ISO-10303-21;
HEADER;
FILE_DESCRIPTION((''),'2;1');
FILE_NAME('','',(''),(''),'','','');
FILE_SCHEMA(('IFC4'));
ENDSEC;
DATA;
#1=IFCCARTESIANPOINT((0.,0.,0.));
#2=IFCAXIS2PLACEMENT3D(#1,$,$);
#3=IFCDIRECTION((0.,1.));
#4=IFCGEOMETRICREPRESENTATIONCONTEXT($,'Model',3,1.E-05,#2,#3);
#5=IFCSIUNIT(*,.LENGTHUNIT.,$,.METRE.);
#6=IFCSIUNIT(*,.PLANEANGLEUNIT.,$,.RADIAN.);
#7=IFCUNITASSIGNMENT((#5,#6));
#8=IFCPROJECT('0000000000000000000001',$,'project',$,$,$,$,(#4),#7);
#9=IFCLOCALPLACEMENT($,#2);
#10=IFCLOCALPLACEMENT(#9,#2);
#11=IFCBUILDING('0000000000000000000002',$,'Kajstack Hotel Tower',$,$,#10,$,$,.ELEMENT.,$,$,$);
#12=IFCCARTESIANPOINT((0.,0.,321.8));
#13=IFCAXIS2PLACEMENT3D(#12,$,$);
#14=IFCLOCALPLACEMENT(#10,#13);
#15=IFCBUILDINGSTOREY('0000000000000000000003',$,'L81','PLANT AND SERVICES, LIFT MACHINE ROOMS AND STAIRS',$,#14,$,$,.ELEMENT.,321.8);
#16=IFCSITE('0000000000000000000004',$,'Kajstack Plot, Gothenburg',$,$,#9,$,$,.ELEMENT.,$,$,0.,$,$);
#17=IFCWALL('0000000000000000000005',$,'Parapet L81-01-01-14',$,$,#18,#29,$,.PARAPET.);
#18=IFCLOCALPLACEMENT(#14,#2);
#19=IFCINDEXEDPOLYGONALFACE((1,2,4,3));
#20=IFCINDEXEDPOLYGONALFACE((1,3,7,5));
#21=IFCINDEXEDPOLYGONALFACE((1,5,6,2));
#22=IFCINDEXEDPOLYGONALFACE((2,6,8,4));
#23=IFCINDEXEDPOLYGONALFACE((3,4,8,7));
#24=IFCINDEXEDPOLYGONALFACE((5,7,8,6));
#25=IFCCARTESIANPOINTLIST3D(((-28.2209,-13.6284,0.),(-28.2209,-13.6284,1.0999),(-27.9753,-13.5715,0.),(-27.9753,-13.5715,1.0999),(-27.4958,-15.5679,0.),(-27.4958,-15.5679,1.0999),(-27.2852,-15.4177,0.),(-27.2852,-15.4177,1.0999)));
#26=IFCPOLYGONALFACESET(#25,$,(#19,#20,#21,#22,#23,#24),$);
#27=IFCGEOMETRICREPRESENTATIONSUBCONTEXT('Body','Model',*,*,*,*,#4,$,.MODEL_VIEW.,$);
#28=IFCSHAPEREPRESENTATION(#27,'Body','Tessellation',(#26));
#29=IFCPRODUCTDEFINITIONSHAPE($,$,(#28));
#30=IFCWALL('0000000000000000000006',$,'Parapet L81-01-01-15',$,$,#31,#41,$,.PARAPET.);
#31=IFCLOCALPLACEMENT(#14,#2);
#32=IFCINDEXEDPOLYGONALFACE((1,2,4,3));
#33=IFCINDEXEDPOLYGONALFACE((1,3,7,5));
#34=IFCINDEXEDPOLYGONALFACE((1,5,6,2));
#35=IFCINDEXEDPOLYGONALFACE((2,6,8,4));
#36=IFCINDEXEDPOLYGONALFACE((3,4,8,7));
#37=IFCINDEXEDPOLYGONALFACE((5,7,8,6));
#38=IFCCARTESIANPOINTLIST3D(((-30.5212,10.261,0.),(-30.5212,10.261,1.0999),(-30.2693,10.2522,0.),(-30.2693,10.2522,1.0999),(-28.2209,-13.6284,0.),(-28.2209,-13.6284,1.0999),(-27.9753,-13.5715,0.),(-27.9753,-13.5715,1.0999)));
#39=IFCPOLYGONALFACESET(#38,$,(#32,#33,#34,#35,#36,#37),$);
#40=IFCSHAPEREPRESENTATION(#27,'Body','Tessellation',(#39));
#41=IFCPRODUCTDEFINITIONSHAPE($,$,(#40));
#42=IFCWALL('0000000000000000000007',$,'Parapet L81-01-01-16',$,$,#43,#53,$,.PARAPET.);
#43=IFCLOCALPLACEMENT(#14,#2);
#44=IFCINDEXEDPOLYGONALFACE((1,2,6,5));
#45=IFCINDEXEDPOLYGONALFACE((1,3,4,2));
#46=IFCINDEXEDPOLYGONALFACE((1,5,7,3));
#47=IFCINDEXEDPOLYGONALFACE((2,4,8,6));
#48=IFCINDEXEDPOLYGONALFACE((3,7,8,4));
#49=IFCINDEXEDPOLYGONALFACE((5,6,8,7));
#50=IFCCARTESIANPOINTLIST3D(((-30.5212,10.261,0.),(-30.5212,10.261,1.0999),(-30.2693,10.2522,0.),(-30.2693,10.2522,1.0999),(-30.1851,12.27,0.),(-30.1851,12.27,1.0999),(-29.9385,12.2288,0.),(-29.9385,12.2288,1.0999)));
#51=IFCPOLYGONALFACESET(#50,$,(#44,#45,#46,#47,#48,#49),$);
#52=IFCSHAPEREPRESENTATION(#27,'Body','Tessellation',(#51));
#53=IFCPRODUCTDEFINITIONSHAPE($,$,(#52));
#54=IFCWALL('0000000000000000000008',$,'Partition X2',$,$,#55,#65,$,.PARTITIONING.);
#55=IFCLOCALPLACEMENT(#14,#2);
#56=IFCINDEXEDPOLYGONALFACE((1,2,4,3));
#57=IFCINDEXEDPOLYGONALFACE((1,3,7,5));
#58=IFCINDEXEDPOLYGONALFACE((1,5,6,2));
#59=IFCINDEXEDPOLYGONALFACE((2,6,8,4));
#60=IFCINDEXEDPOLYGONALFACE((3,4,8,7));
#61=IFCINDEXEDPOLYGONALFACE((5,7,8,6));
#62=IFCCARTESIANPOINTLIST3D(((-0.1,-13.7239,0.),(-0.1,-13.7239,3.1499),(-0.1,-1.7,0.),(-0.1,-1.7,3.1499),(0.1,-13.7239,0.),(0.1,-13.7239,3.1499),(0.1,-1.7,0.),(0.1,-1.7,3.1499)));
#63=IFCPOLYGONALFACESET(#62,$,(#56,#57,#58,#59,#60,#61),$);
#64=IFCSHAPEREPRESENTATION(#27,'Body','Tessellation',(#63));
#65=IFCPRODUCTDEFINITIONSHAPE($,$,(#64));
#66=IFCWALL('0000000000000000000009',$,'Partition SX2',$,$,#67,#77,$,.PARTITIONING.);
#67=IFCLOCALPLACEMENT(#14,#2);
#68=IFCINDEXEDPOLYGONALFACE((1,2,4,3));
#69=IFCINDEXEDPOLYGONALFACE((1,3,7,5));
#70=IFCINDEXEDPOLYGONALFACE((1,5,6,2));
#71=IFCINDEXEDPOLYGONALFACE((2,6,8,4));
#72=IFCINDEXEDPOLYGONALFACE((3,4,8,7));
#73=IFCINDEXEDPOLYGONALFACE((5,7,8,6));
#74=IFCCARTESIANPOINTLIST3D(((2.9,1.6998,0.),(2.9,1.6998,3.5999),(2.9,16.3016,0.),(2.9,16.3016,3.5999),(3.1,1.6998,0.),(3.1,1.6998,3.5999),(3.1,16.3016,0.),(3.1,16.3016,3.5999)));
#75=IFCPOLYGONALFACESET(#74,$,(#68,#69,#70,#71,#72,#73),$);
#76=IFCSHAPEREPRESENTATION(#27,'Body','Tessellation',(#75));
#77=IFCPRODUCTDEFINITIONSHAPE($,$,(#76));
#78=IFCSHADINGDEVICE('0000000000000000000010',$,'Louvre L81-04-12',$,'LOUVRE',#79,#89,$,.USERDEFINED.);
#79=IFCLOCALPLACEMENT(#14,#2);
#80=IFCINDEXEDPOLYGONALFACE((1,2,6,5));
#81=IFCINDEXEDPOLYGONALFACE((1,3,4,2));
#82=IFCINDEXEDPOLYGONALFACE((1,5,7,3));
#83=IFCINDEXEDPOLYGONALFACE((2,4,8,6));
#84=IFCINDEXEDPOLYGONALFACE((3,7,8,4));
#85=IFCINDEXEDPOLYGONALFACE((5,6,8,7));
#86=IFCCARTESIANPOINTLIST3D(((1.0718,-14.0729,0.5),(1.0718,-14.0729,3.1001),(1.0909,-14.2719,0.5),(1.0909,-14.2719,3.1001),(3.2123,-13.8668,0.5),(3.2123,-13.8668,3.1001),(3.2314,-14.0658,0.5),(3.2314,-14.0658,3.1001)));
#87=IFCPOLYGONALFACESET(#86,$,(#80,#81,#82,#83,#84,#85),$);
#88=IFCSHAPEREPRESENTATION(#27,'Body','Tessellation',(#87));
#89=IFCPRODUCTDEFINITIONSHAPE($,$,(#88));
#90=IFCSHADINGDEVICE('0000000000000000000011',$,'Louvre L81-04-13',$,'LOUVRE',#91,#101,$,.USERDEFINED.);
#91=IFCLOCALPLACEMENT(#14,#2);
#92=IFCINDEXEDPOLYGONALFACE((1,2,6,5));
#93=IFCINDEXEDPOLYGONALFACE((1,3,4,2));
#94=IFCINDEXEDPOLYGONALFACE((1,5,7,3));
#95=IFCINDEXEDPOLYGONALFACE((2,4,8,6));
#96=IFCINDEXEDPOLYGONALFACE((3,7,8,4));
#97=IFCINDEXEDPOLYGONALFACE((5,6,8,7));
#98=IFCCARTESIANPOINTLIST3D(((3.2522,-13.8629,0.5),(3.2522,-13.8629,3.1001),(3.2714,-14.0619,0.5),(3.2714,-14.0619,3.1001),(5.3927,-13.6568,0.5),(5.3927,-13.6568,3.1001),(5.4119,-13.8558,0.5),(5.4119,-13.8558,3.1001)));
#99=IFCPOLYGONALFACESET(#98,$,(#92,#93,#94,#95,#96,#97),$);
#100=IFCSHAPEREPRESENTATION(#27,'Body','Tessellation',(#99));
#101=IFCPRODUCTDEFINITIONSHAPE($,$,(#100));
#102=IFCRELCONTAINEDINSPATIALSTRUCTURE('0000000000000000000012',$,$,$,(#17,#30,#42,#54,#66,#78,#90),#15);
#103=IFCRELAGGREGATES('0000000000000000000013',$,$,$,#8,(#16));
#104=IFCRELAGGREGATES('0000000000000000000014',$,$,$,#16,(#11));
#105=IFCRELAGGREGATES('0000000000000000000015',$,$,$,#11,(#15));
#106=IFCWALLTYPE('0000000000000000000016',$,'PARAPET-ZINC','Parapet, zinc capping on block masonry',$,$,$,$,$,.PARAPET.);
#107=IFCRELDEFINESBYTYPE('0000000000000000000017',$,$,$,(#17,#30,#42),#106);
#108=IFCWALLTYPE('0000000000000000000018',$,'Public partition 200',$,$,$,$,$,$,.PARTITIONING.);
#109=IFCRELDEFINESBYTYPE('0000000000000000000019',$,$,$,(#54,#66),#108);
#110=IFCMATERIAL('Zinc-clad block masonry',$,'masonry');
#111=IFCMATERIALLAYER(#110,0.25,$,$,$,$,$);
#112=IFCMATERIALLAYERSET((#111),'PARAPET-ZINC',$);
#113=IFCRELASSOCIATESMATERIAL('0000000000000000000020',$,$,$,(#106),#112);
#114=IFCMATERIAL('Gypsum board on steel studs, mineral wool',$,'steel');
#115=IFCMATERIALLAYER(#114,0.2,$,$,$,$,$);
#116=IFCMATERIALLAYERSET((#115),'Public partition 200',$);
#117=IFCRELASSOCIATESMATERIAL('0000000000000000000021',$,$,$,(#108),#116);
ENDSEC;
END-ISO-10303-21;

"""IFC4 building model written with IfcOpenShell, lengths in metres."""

from ifc_helpers import new_model, si_unit, direction, frame, frame_2d, origin, origin_2d, place, context, subcontext, project, spatial, polyline, rectangle, outline, extrude, material, layer, layer_set, type_object, element, save


model = new_model("IFC4")

# Units and contexts
model_context = context("Model", 3, precision=1e-05, world=origin(), true_north=direction((0.0, 1.0)))
body_context = subcontext(model_context, "Body", "Model", "MODEL_VIEW")
ifc_project = project(units=[si_unit("LENGTHUNIT", "METRE"), si_unit("PLANEANGLEUNIT", "RADIAN")], contexts=[model_context])

# Site, building, storey
site_placement = place(None, origin())
site = spatial("IfcSite", under=ifc_project, at=site_placement, Name="Kajstack Plot, Gothenburg", CompositionType="ELEMENT", RefElevation=0.0)
building_placement = place(site_placement, origin())
building = spatial("IfcBuilding", under=site, at=building_placement, Name="Kajstack Hotel Tower", CompositionType="ELEMENT")
storey_placement = place(building_placement, frame((0.0, 0.0, 321.8)))
storey = spatial("IfcBuildingStorey", under=building, at=storey_placement, Name="L81", Description="PLANT AND SERVICES, LIFT MACHINE ROOMS AND STAIRS", CompositionType="ELEMENT", Elevation=321.8)

# Walls
ifc_material_1 = material(Name="Zinc-clad block masonry", Category="masonry")
ifc_layer_1 = layer(ifc_material_1, 0.25)
ifc_layer_set_1 = layer_set([ifc_layer_1], Name="PARAPET-ZINC")
wall_type_1 = type_object("IfcWallType", Name="PARAPET-ZINC", Description="Parapet, zinc capping on block masonry", PredefinedType="PARAPET", material=ifc_layer_set_1)
wall_1_placement = place(storey_placement, origin())
element("IfcWall", 1, at=wall_1_placement, inside=storey, type_object=wall_type_1, Name="Parapet L81-01-01-14", PredefinedType="PARAPET", context=body_context, shape_type="SweptSolid", body=[
    extrude(outline(polyline([(-27.4958, -15.5679), (-27.2852, -15.4177), (-27.9753, -13.5715), (-28.2209, -13.6284), (-27.4958, -15.5679)])), origin(), (0.0, 0.0, 1.0), 1.0999),
])
wall_2_placement = place(storey_placement, origin())
element("IfcWall", 2, at=wall_2_placement, inside=storey, type_object=wall_type_1, Name="Parapet L81-01-01-15", PredefinedType="PARAPET", context=body_context, shape_type="SweptSolid", body=[
    extrude(outline(polyline([(-28.2209, -13.6284), (-27.9753, -13.5715), (-30.2693, 10.2522), (-30.5212, 10.261), (-28.2209, -13.6284)])), origin(), (0.0, 0.0, 1.0), 1.0999),
])
wall_3_placement = place(storey_placement, origin())
element("IfcWall", 3, at=wall_3_placement, inside=storey, type_object=wall_type_1, Name="Parapet L81-01-01-16", PredefinedType="PARAPET", context=body_context, shape_type="SweptSolid", body=[
    extrude(outline(polyline([(-30.5212, 10.261), (-30.2693, 10.2522), (-29.9385, 12.2288), (-30.1851, 12.27), (-30.5212, 10.261)])), origin(), (0.0, 0.0, 1.0), 1.0999),
])
ifc_material_2 = material(Name="Gypsum board on steel studs, mineral wool", Category="steel")
ifc_layer_2 = layer(ifc_material_2, 0.2)
ifc_layer_set_2 = layer_set([ifc_layer_2], Name="Public partition 200")
wall_type_2 = type_object("IfcWallType", Name="Public partition 200", PredefinedType="PARTITIONING", material=ifc_layer_set_2)
wall_4_placement = place(storey_placement, frame((0.0, -13.7239, 0.0), z_axis=(0.0, 0.0, 1.0), x_axis=(0.0, 1.0, 0.0)))
element("IfcWall", 4, at=wall_4_placement, inside=storey, type_object=wall_type_2, Name="Partition X2", PredefinedType="PARTITIONING", context=body_context, shape_type="SweptSolid", body=[
    extrude(rectangle(XDim=12.0239, YDim=0.2, at=frame_2d((6.012, 0.0))), origin(), (0.0, 0.0, 1.0), 3.1499),
])
wall_5_placement = place(storey_placement, frame((3.0, 1.7, 0.0), z_axis=(0.0, 0.0, 1.0), x_axis=(0.0, 1.0, 0.0)))
element("IfcWall", 5, at=wall_5_placement, inside=storey, type_object=wall_type_2, Name="Partition SX2", PredefinedType="PARTITIONING", context=body_context, shape_type="SweptSolid", body=[
    extrude(rectangle(XDim=14.6018, YDim=0.2, at=frame_2d((7.3008, 0.0))), origin(), (0.0, 0.0, 1.0), 3.5999),
])

# Shading devices
for number, where, z_axis, x_axis, name in (
    (6, (2.1516, -14.0693, 0.5), (0.0, 0.0, 1.0), (0.995396, 0.095845, 0.0), "Louvre L81-04-12"),
    (7, (4.332, -13.8594, 0.5), (0.0, 0.0, 1.0), (0.995396, 0.095845, 0.0), "Louvre L81-04-13"),
):
    element("IfcShadingDevice", number, at=place(storey_placement, frame(where, z_axis=z_axis, x_axis=x_axis)), inside=storey, Name=name, ObjectType="LOUVRE", PredefinedType="USERDEFINED", context=body_context, shape_type="SweptSolid", body=[
        extrude(rectangle(XDim=2.1504, YDim=0.2, at=origin_2d()), origin(), (0.0, 0.0, 1.0), 2.6001),
    ])

save(model, "model.ifc")
